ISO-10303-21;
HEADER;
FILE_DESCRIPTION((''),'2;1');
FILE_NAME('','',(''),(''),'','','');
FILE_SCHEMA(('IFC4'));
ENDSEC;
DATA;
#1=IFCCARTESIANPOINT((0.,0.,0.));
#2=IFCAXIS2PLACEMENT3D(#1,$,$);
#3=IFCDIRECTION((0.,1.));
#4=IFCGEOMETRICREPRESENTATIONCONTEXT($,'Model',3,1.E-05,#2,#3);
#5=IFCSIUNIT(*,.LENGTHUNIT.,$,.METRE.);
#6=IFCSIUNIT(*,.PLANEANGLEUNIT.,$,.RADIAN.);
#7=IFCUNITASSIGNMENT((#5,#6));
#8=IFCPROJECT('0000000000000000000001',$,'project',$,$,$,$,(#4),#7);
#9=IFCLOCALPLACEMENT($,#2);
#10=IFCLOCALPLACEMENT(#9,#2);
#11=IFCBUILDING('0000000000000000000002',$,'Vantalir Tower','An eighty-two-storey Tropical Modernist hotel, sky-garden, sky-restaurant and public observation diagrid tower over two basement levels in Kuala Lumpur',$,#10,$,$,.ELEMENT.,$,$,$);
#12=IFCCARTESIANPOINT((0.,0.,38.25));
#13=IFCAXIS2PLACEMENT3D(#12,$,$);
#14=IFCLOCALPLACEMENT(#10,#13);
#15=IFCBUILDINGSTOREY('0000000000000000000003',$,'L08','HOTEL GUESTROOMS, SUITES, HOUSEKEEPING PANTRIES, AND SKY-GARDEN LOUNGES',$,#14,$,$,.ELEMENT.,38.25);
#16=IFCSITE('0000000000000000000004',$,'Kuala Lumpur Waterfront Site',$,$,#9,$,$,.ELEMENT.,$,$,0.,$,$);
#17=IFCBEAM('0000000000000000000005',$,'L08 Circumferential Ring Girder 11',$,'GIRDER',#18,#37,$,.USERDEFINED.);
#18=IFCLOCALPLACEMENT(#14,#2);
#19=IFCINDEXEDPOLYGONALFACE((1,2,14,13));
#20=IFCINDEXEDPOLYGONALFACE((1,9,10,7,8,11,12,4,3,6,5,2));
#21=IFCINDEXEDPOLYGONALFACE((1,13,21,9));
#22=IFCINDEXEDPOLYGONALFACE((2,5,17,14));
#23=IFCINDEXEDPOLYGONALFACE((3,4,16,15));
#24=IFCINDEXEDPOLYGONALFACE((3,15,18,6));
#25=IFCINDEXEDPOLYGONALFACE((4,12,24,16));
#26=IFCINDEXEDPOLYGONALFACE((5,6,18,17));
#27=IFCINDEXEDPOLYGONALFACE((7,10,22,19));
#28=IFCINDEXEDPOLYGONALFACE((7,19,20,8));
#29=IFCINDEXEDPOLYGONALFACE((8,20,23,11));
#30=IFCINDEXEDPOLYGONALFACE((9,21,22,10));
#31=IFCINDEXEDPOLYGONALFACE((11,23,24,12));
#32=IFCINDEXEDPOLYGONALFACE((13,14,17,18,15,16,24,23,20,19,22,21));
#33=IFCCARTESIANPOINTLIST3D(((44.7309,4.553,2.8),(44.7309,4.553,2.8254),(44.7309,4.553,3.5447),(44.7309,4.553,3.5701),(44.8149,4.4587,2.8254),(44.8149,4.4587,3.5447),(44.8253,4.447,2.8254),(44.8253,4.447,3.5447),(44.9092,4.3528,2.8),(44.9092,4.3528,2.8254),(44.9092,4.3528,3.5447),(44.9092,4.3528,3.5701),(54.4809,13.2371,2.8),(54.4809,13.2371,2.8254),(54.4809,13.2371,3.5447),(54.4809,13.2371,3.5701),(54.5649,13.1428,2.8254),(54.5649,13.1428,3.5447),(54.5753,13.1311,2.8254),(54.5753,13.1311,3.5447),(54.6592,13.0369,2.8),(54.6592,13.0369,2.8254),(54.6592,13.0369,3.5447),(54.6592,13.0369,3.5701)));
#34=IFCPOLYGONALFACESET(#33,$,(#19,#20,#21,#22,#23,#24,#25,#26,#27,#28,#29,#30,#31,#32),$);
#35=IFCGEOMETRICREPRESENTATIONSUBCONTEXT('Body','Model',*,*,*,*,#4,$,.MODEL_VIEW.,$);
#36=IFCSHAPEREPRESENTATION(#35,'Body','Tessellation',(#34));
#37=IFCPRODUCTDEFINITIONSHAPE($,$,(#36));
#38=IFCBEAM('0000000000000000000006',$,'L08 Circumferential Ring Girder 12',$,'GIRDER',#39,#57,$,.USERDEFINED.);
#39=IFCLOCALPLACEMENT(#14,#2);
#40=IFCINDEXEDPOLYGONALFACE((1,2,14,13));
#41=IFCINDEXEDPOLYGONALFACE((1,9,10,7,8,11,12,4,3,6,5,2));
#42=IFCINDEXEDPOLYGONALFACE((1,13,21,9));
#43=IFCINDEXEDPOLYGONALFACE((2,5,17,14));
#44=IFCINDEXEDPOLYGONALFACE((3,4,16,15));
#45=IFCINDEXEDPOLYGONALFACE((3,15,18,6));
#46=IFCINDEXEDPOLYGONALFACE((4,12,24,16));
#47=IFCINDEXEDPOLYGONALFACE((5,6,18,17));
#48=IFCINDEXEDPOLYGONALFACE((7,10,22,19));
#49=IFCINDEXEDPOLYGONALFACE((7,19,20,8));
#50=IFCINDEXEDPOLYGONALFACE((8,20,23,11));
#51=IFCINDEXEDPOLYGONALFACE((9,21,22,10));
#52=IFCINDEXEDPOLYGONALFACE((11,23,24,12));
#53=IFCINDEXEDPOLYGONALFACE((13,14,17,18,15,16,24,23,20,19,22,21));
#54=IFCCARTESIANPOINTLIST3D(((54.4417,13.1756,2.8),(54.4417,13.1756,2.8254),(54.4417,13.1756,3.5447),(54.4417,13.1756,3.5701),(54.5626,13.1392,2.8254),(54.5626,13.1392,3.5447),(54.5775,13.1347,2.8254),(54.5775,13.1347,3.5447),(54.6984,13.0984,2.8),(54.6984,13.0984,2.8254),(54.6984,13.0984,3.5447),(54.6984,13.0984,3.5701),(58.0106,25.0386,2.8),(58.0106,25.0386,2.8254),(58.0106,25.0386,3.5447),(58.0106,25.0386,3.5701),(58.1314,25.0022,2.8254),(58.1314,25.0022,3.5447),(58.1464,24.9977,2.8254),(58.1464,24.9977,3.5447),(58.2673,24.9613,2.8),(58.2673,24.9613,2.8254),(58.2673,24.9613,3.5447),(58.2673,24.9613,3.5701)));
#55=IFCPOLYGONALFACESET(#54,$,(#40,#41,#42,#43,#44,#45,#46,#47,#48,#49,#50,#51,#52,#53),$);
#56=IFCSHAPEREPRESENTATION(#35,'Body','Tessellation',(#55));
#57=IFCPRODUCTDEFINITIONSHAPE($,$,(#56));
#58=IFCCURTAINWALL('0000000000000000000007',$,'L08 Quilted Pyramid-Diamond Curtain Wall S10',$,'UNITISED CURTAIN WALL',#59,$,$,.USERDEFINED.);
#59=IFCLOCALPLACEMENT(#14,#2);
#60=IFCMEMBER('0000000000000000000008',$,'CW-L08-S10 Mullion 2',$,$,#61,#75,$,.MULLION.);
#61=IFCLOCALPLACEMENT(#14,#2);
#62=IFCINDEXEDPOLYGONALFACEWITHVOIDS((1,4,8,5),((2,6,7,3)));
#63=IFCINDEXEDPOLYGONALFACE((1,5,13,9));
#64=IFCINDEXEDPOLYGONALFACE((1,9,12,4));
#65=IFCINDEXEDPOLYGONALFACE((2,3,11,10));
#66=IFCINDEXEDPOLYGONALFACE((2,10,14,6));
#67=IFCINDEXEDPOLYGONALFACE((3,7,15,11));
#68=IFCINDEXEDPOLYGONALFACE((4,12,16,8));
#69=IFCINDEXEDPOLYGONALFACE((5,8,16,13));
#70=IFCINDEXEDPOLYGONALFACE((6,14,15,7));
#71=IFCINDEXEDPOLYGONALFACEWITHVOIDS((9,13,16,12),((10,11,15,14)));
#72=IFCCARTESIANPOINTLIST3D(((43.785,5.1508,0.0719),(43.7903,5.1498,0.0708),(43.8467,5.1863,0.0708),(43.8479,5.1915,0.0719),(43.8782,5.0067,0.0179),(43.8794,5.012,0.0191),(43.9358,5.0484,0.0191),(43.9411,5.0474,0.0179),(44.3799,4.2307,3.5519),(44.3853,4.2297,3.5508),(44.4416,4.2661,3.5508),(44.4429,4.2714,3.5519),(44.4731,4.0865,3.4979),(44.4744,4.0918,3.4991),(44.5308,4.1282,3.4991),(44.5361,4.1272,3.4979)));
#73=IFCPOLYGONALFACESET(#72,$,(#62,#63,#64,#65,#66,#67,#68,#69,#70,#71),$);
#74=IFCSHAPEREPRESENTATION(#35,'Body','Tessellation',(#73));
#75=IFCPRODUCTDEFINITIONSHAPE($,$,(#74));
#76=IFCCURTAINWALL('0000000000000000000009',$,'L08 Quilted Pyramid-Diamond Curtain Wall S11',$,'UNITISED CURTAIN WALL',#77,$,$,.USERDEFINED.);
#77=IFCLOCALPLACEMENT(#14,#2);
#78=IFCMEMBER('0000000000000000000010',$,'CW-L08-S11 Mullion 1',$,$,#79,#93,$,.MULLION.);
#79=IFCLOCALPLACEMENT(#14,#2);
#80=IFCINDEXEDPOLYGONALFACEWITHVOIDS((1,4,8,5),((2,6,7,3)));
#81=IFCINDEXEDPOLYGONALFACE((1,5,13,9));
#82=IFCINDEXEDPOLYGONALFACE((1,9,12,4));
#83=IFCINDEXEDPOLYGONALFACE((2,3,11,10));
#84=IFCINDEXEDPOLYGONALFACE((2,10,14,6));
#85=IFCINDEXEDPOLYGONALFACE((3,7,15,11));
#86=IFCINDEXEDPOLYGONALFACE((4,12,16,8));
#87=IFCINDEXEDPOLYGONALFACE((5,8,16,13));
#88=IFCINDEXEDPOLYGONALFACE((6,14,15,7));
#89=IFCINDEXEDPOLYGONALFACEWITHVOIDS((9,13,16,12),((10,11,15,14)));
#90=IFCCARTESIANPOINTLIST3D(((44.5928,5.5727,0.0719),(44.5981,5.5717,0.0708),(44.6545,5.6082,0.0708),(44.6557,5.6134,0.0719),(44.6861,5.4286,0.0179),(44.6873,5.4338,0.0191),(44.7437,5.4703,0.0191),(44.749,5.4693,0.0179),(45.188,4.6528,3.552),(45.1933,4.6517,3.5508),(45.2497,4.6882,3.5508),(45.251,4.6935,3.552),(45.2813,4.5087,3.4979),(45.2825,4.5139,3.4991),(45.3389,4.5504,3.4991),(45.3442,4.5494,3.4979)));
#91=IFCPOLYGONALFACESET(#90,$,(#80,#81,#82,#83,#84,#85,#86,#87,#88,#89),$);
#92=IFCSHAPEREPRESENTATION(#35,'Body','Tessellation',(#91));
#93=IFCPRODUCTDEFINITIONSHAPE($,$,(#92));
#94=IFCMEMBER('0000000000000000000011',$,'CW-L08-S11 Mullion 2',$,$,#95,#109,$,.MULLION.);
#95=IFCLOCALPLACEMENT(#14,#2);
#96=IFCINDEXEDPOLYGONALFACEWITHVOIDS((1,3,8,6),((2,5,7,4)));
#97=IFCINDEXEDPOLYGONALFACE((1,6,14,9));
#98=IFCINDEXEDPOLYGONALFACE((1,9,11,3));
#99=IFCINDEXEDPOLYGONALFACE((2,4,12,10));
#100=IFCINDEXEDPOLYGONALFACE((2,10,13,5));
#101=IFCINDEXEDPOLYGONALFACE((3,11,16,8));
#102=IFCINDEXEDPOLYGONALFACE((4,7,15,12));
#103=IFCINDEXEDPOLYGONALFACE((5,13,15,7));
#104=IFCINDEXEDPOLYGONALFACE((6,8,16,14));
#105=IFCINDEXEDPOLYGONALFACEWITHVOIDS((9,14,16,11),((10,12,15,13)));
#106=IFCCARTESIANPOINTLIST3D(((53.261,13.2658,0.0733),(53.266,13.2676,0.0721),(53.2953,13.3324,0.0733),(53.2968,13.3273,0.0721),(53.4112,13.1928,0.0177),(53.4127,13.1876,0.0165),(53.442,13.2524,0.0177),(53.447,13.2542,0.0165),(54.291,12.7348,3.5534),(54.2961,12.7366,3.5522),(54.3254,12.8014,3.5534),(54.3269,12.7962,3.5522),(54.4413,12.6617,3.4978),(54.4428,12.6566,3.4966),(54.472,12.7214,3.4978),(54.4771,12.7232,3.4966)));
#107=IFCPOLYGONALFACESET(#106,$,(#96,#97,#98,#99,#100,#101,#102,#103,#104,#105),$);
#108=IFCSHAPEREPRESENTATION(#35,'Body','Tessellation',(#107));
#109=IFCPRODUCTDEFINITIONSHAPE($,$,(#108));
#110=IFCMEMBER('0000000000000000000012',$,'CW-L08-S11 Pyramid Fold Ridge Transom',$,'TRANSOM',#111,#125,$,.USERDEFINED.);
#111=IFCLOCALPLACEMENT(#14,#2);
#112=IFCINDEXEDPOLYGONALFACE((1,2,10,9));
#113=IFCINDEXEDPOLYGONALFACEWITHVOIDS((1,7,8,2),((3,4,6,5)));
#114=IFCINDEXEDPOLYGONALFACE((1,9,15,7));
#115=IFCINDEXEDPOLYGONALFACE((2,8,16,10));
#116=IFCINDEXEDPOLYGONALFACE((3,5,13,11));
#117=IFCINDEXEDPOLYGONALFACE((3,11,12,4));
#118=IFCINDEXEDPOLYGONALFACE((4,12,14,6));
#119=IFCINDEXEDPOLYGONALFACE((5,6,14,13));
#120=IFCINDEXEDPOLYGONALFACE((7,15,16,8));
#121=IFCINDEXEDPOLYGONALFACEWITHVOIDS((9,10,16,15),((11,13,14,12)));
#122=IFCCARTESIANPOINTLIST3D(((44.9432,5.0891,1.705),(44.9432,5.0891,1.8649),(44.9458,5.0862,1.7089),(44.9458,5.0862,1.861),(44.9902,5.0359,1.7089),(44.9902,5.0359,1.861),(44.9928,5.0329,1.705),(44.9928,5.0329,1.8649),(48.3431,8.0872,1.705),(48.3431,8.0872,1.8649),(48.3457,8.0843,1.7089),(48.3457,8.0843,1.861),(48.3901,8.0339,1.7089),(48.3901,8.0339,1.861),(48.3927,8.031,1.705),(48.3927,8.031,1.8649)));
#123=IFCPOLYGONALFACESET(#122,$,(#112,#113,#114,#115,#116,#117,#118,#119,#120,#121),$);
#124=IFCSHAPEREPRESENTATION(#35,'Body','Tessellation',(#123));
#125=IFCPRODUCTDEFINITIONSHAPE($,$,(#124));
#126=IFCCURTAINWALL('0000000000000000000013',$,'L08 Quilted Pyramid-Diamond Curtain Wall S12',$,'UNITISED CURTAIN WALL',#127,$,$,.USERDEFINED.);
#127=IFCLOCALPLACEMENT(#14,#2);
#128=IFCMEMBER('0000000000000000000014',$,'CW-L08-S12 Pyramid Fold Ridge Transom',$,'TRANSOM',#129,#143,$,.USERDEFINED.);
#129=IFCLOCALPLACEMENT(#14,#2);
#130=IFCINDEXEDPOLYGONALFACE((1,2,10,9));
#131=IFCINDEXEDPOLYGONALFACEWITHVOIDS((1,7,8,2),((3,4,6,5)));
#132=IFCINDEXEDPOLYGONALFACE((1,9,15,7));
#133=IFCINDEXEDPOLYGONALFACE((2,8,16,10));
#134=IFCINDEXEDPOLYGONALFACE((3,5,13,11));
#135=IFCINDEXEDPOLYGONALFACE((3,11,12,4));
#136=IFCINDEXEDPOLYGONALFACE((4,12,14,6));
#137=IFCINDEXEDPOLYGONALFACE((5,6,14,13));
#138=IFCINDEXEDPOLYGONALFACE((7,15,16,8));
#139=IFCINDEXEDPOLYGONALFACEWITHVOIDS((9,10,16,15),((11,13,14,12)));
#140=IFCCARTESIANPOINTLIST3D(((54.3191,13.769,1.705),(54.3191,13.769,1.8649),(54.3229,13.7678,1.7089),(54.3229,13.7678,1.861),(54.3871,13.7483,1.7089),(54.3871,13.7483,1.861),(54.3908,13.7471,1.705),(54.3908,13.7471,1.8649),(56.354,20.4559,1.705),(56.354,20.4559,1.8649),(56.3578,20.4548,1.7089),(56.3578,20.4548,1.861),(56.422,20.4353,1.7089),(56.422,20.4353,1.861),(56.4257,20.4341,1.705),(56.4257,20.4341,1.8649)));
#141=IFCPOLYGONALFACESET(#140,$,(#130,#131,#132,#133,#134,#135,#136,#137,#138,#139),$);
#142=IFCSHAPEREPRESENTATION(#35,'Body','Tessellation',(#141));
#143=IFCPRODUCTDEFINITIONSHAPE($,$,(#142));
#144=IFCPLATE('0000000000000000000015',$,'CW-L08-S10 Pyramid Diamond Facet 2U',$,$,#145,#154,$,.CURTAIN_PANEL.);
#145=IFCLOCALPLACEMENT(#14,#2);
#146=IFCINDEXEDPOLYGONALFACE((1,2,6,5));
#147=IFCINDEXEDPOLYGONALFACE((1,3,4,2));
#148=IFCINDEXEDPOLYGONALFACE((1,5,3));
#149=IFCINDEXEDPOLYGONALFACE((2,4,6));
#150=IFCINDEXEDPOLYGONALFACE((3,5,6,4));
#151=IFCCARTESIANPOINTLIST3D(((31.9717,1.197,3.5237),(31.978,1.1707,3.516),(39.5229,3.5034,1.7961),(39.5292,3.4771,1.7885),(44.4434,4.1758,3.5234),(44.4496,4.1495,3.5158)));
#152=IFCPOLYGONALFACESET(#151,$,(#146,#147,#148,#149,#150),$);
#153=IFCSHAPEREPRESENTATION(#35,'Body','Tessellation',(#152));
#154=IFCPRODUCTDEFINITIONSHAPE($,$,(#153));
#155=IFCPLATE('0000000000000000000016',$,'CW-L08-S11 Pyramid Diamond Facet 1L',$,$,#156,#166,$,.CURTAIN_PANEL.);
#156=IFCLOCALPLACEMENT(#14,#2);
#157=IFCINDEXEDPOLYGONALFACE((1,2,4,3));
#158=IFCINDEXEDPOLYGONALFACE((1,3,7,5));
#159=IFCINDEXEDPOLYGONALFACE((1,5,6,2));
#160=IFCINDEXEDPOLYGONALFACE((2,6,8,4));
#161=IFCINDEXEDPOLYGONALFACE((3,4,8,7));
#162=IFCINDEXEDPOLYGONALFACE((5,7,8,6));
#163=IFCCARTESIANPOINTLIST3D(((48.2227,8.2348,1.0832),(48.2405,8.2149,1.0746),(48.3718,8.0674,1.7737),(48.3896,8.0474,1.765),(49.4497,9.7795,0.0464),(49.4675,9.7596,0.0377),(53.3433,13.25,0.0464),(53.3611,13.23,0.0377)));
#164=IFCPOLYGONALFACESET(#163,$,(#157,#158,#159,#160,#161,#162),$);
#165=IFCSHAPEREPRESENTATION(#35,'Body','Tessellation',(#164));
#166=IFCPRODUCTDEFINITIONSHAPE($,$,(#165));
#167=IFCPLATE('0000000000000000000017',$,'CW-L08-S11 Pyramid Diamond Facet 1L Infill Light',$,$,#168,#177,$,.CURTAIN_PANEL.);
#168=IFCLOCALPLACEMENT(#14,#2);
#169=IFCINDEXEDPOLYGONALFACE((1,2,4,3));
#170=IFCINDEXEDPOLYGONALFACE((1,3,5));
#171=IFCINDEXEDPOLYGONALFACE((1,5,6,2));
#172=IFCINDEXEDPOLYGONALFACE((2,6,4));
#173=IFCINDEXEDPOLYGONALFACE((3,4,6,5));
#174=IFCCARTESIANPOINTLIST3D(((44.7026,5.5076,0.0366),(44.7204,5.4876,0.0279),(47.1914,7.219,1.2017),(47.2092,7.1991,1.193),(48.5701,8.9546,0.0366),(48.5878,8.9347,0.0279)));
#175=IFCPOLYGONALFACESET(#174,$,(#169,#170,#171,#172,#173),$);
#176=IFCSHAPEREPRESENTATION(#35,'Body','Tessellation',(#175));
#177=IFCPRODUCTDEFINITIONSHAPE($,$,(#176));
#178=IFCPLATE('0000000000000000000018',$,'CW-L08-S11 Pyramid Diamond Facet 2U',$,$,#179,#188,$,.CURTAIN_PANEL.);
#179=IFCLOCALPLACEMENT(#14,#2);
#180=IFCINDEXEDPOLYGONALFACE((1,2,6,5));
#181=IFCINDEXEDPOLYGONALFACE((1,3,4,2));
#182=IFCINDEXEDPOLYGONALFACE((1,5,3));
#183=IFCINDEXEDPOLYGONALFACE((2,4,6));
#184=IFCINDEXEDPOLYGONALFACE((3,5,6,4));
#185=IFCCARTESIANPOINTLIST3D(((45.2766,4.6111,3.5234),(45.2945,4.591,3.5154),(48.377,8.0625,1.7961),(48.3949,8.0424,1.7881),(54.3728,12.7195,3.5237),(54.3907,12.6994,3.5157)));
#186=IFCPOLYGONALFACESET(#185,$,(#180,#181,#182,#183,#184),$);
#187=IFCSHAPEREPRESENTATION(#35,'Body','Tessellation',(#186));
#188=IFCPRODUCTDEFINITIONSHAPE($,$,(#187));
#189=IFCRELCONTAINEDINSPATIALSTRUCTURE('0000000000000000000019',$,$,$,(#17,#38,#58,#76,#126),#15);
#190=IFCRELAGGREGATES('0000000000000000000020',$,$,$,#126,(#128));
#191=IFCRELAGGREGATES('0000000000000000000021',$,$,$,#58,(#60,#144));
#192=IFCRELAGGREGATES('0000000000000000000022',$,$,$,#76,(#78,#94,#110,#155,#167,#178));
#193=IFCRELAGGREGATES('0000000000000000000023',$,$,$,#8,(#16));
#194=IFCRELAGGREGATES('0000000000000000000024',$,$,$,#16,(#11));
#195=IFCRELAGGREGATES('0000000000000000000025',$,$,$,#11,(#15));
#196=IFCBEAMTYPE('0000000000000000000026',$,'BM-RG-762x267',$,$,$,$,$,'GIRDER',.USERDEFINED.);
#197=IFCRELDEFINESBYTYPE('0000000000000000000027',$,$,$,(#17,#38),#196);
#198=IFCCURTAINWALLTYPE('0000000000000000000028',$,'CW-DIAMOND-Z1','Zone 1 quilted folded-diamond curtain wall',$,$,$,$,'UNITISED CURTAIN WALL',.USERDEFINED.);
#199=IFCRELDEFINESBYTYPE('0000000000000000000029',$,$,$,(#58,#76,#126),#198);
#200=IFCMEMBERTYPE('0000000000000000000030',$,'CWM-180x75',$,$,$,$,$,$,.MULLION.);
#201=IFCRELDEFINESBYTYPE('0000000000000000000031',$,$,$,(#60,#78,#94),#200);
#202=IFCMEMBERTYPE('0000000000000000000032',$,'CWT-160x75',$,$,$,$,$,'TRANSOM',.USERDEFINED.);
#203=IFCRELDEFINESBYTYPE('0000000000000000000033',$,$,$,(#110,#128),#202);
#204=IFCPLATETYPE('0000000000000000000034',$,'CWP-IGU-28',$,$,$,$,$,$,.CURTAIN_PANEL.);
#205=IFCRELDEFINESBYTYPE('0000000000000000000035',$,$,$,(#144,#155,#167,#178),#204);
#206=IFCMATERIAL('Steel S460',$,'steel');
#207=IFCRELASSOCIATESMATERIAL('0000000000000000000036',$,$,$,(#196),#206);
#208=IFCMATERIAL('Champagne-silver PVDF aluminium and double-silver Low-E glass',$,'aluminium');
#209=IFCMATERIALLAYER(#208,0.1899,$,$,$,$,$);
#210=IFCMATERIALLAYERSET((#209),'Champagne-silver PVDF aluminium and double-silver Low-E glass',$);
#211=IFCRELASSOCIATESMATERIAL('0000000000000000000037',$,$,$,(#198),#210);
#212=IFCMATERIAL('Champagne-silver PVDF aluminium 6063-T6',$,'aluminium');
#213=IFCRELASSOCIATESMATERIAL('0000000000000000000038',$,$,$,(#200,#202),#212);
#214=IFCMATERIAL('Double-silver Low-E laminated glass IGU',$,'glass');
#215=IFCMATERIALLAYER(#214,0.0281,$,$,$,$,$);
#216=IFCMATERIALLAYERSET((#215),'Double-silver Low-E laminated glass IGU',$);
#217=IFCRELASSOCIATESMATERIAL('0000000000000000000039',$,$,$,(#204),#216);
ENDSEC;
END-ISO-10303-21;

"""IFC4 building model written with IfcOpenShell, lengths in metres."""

from ifc_helpers import new_model, si_unit, direction, frame, origin, origin_2d, place, context, subcontext, project, spatial, polyline, hollow_rectangle, i_section, outline, extrude, material, layer, layer_set, material_profile, profile_set, type_object, element, aggregate, save


model = new_model("IFC4")

# Units and contexts
model_context = context("Model", 3, precision=1e-05, world=origin(), true_north=direction((0.0, 1.0)))
body_context = subcontext(model_context, "Body", "Model", "MODEL_VIEW")
ifc_project = project(units=[si_unit("LENGTHUNIT", "METRE"), si_unit("PLANEANGLEUNIT", "RADIAN")], contexts=[model_context])

# Site, building, storey
site_placement = place(None, origin())
site = spatial("IfcSite", under=ifc_project, at=site_placement, Name="Kuala Lumpur Waterfront Site", CompositionType="ELEMENT", RefElevation=0.0)
building_placement = place(site_placement, origin())
building = spatial("IfcBuilding", under=site, at=building_placement, Name="Vantalir Tower", Description="An eighty-two-storey Tropical Modernist hotel, sky-garden, sky-restaurant and public observation diagrid tower over two basement levels in Kuala Lumpur", CompositionType="ELEMENT")
storey_placement = place(building_placement, frame((0.0, 0.0, 38.25)))
storey = spatial("IfcBuildingStorey", under=building, at=storey_placement, Name="L08", Description="HOTEL GUESTROOMS, SUITES, HOUSEKEEPING PANTRIES, AND SKY-GARDEN LOUNGES", CompositionType="ELEMENT", Elevation=38.25)

# Shared definitions
ifc_material_1 = material(Name="Steel S460", Category="steel")

# Beams
ifc_material_profile_1 = material_profile(ifc_material_1, i_section(OverallWidth=0.2681, OverallDepth=0.77, WebThickness=0.0156, FlangeThickness=0.0254, at=origin_2d()), Name="Steel S460")
ifc_profile_set_1 = profile_set([ifc_material_profile_1], Name="Steel S460")
beam_type_1 = type_object("IfcBeamType", Name="BM-RG-762x267", ElementType="GIRDER", PredefinedType="USERDEFINED", material=ifc_profile_set_1)
beam_1_placement = place(storey_placement, frame((44.8201, 4.4529, 3.1851), z_axis=(0.746747, 0.665109, 0.0), x_axis=(-0.665109, 0.746747, 0.0)))
element("IfcBeam", 1, at=beam_1_placement, inside=storey, type_object=beam_type_1, Name="L08 Circumferential Ring Girder 11", ObjectType="GIRDER", PredefinedType="USERDEFINED", context=body_context, shape_type="SweptSolid", body=[
    extrude(i_section(OverallWidth=0.2681, OverallDepth=0.77, WebThickness=0.0156, FlangeThickness=0.0254, at=origin_2d()), origin(), (0.0, 0.0, 1.0), 13.0566),
])
beam_2_placement = place(storey_placement, frame((54.5701, 13.137, 3.1851), z_axis=(0.288084, 0.957605, 0.0), x_axis=(-0.957605, 0.288084, 0.0)))
element("IfcBeam", 2, at=beam_2_placement, inside=storey, type_object=beam_type_1, Name="L08 Circumferential Ring Girder 12", ObjectType="GIRDER", PredefinedType="USERDEFINED", context=body_context, shape_type="SweptSolid", body=[
    extrude(i_section(OverallWidth=0.2681, OverallDepth=0.77, WebThickness=0.0156, FlangeThickness=0.0254, at=origin_2d()), origin(), (0.0, 0.0, 1.0), 12.3882),
])

# Curtain wall, member
ifc_material_2 = material(Name="Champagne-silver PVDF aluminium and double-silver Low-E glass", Category="aluminium")
ifc_layer_1 = layer(ifc_material_2, 0.1899)
ifc_layer_set_1 = layer_set([ifc_layer_1], Name="Champagne-silver PVDF aluminium and double-silver Low-E glass")
curtain_wall_type = type_object("IfcCurtainWallType", Name="CW-DIAMOND-Z1", Description="Zone 1 quilted folded-diamond curtain wall", ElementType="UNITISED CURTAIN WALL", PredefinedType="USERDEFINED", material=ifc_layer_set_1)
curtain_wall_1_placement = place(storey_placement, origin())
curtain_wall_1 = element("IfcCurtainWall", 3, at=curtain_wall_1_placement, inside=storey, type_object=curtain_wall_type, Name="L08 Quilted Pyramid-Diamond Curtain Wall S10", ObjectType="UNITISED CURTAIN WALL", PredefinedType="USERDEFINED")
ifc_material_3 = material(Name="Champagne-silver PVDF aluminium 6063-T6", Category="aluminium")
ifc_material_profile_2 = material_profile(ifc_material_3, hollow_rectangle(XDim=0.075, YDim=0.1799, WallThickness=0.0039, at=origin_2d()), Name="Champagne-silver PVDF aluminium 6063-T6")
ifc_profile_set_2 = profile_set([ifc_material_profile_2], Name="Champagne-silver PVDF aluminium 6063-T6")
member_type_1 = type_object("IfcMemberType", Name="CWM-180x75", PredefinedType="MULLION", material=ifc_profile_set_2)
member_1_placement = place(storey_placement, frame((43.863, 5.0991, 0.0449), z_axis=(0.163076, -0.25221, 0.953833), x_axis=(0.839749, 0.542974, 0.0)))
member_1 = element("IfcMember", 4, at=member_1_placement, type_object=member_type_1, Name="CW-L08-S10 Mullion 2", PredefinedType="MULLION", context=body_context, shape_type="SweptSolid", body=[
    extrude(hollow_rectangle(XDim=0.075, YDim=0.1799, WallThickness=0.0039, at=origin_2d()), origin(), (0.0, 0.0, 1.0), 3.6484),
])

# Curtain wall, members
curtain_wall_2_placement = place(storey_placement, origin())
curtain_wall_2 = element("IfcCurtainWall", 5, at=curtain_wall_2_placement, inside=storey, type_object=curtain_wall_type, Name="L08 Quilted Pyramid-Diamond Curtain Wall S11", ObjectType="UNITISED CURTAIN WALL", PredefinedType="USERDEFINED")
member_2_placement = place(storey_placement, frame((44.6709, 5.521, 0.0449), z_axis=(0.163144, -0.252144, 0.953838), x_axis=(0.839582, 0.543233, 0.0)))
member_2 = element("IfcMember", 6, at=member_2_placement, type_object=member_type_1, Name="CW-L08-S11 Mullion 1", PredefinedType="MULLION", context=body_context, shape_type="SweptSolid", body=[
    extrude(hollow_rectangle(XDim=0.075, YDim=0.1799, WallThickness=0.0039, at=origin_2d()), origin(), (0.0, 0.0, 1.0), 3.6484),
])
member_3_placement = place(storey_placement, frame((53.354, 13.26, 0.0449), z_axis=(0.280826, -0.144773, 0.948777), x_axis=(0.458219, 0.888839, 0.0)))
member_3 = element("IfcMember", 7, at=member_3_placement, type_object=member_type_1, Name="CW-L08-S11 Mullion 2", PredefinedType="MULLION", context=body_context, shape_type="SweptSolid", body=[
    extrude(hollow_rectangle(XDim=0.075, YDim=0.1799, WallThickness=0.0039, at=origin_2d()), origin(), (0.0, 0.0, 1.0), 3.668),
])
ifc_material_profile_3 = material_profile(ifc_material_3, hollow_rectangle(XDim=0.075, YDim=0.1599, WallThickness=0.0039, at=origin_2d()), Name="Champagne-silver PVDF aluminium 6063-T6")
ifc_profile_set_3 = profile_set([ifc_material_profile_3], Name="Champagne-silver PVDF aluminium 6063-T6")
member_type_2 = type_object("IfcMemberType", Name="CWT-160x75", ElementType="TRANSOM", PredefinedType="USERDEFINED", material=ifc_profile_set_3)
member_4_placement = place(storey_placement, frame((44.968, 5.061, 1.7849), z_axis=(0.750042, 0.66139, 0.0), x_axis=(-0.66139, 0.750042, 0.0)))
member_4 = element("IfcMember", 8, at=member_4_placement, type_object=member_type_2, Name="CW-L08-S11 Pyramid Fold Ridge Transom", ObjectType="TRANSOM", PredefinedType="USERDEFINED", context=body_context, shape_type="SweptSolid", body=[
    extrude(hollow_rectangle(XDim=0.075, YDim=0.1599, WallThickness=0.0039, at=origin_2d()), origin(), (0.0, 0.0, 1.0), 4.533),
])

# Curtain wall, member
curtain_wall_3_placement = place(storey_placement, origin())
curtain_wall_3 = element("IfcCurtainWall", 9, at=curtain_wall_3_placement, inside=storey, type_object=curtain_wall_type, Name="L08 Quilted Pyramid-Diamond Curtain Wall S12", ObjectType="UNITISED CURTAIN WALL", PredefinedType="USERDEFINED")
member_5_placement = place(storey_placement, frame((54.355, 13.7581, 1.7849), z_axis=(0.291127, 0.956684, 0.0), x_axis=(-0.956684, 0.291127, 0.0)))
member_5 = element("IfcMember", 10, at=member_5_placement, type_object=member_type_2, Name="CW-L08-S12 Pyramid Fold Ridge Transom", ObjectType="TRANSOM", PredefinedType="USERDEFINED", context=body_context, shape_type="SweptSolid", body=[
    extrude(hollow_rectangle(XDim=0.075, YDim=0.1599, WallThickness=0.0039, at=origin_2d()), origin(), (0.0, 0.0, 1.0), 6.9897),
])
aggregate(curtain_wall_3, [member_5])

# Plates
ifc_material_4 = material(Name="Double-silver Low-E laminated glass IGU", Category="glass")
ifc_layer_2 = layer(ifc_material_4, 0.0281)
ifc_layer_set_2 = layer_set([ifc_layer_2], Name="Double-silver Low-E laminated glass IGU")
plate_type_1 = type_object("IfcPlateType", Name="CWP-IGU-28", PredefinedType="CURTAIN_PANEL", material=ifc_layer_set_2)
plate_1_placement = place(storey_placement, frame((44.4434, 4.1758, 3.5234), z_axis=(-0.223516, 0.935856, 0.272424), x_axis=(-0.972642, -0.232308, 0.000019)))
plate_1 = element("IfcPlate", 11, at=plate_1_placement, type_object=plate_type_1, Name="CW-L08-S10 Pyramid Diamond Facet 2U", PredefinedType="CURTAIN_PANEL", context=body_context, shape_type="SweptSolid", body=[
    extrude(outline(polyline([(0.0, 0.0), (12.8225, 0.0), (4.942, -1.7953), (0.0, 0.0)])), origin(), (0.0, 0.0, -1.0), 0.0281),
])
aggregate(curtain_wall_1, [member_1, plate_1])
plate_2_placement = place(storey_placement, frame((49.4497, 9.7795, 0.0464), z_axis=(-0.632839, 0.710007, 0.308876), x_axis=(0.746509, 0.665375, -0.000003)))
plate_2 = element("IfcPlate", 12, at=plate_2_placement, type_object=plate_type_1, Name="CW-L08-S11 Pyramid Diamond Facet 1L", PredefinedType="CURTAIN_PANEL", context=body_context, shape_type="SweptSolid", body=[
    extrude(outline(polyline([(0.0, 0.0), (5.2157, 0.0), (-1.9439, -1.8161), (-1.9438, -1.0901), (0.0, 0.0)])), origin(), (0.0, 0.0, -1.0), 0.0281),
])
plate_3_placement = place(storey_placement, frame((44.7026, 5.5076, 0.0366), z_axis=(-0.632834, 0.710017, 0.308863), x_axis=(0.746517, 0.665367, 0.0)))
plate_3 = element("IfcPlate", 13, at=plate_3_placement, type_object=plate_type_1, Name="CW-L08-S11 Pyramid Diamond Facet 1L Infill Light", PredefinedType="CURTAIN_PANEL", context=body_context, shape_type="SweptSolid", body=[
    extrude(outline(polyline([(0.0, 0.0), (5.1806, 0.0), (2.9966, -1.2249), (0.0, 0.0)])), origin(), (0.0, 0.0, -1.0), 0.0281),
])
plate_4_placement = place(storey_placement, frame((54.3728, 12.7195, 3.5237), z_axis=(-0.637842, 0.715538, 0.28489), x_axis=(-0.746476, -0.665413, -0.00002)))
plate_4 = element("IfcPlate", 14, at=plate_4_placement, type_object=plate_type_1, Name="CW-L08-S11 Pyramid Diamond Facet 2U", PredefinedType="CURTAIN_PANEL", context=body_context, shape_type="SweptSolid", body=[
    extrude(outline(polyline([(0.0, 0.0), (12.1855, 0.0), (7.5746, -1.8021), (0.0, 0.0)])), origin(), (0.0, 0.0, -1.0), 0.0281),
])
aggregate(curtain_wall_2, [member_2, member_3, member_4, plate_2, plate_3, plate_4])

save(model, "model.ifc")
